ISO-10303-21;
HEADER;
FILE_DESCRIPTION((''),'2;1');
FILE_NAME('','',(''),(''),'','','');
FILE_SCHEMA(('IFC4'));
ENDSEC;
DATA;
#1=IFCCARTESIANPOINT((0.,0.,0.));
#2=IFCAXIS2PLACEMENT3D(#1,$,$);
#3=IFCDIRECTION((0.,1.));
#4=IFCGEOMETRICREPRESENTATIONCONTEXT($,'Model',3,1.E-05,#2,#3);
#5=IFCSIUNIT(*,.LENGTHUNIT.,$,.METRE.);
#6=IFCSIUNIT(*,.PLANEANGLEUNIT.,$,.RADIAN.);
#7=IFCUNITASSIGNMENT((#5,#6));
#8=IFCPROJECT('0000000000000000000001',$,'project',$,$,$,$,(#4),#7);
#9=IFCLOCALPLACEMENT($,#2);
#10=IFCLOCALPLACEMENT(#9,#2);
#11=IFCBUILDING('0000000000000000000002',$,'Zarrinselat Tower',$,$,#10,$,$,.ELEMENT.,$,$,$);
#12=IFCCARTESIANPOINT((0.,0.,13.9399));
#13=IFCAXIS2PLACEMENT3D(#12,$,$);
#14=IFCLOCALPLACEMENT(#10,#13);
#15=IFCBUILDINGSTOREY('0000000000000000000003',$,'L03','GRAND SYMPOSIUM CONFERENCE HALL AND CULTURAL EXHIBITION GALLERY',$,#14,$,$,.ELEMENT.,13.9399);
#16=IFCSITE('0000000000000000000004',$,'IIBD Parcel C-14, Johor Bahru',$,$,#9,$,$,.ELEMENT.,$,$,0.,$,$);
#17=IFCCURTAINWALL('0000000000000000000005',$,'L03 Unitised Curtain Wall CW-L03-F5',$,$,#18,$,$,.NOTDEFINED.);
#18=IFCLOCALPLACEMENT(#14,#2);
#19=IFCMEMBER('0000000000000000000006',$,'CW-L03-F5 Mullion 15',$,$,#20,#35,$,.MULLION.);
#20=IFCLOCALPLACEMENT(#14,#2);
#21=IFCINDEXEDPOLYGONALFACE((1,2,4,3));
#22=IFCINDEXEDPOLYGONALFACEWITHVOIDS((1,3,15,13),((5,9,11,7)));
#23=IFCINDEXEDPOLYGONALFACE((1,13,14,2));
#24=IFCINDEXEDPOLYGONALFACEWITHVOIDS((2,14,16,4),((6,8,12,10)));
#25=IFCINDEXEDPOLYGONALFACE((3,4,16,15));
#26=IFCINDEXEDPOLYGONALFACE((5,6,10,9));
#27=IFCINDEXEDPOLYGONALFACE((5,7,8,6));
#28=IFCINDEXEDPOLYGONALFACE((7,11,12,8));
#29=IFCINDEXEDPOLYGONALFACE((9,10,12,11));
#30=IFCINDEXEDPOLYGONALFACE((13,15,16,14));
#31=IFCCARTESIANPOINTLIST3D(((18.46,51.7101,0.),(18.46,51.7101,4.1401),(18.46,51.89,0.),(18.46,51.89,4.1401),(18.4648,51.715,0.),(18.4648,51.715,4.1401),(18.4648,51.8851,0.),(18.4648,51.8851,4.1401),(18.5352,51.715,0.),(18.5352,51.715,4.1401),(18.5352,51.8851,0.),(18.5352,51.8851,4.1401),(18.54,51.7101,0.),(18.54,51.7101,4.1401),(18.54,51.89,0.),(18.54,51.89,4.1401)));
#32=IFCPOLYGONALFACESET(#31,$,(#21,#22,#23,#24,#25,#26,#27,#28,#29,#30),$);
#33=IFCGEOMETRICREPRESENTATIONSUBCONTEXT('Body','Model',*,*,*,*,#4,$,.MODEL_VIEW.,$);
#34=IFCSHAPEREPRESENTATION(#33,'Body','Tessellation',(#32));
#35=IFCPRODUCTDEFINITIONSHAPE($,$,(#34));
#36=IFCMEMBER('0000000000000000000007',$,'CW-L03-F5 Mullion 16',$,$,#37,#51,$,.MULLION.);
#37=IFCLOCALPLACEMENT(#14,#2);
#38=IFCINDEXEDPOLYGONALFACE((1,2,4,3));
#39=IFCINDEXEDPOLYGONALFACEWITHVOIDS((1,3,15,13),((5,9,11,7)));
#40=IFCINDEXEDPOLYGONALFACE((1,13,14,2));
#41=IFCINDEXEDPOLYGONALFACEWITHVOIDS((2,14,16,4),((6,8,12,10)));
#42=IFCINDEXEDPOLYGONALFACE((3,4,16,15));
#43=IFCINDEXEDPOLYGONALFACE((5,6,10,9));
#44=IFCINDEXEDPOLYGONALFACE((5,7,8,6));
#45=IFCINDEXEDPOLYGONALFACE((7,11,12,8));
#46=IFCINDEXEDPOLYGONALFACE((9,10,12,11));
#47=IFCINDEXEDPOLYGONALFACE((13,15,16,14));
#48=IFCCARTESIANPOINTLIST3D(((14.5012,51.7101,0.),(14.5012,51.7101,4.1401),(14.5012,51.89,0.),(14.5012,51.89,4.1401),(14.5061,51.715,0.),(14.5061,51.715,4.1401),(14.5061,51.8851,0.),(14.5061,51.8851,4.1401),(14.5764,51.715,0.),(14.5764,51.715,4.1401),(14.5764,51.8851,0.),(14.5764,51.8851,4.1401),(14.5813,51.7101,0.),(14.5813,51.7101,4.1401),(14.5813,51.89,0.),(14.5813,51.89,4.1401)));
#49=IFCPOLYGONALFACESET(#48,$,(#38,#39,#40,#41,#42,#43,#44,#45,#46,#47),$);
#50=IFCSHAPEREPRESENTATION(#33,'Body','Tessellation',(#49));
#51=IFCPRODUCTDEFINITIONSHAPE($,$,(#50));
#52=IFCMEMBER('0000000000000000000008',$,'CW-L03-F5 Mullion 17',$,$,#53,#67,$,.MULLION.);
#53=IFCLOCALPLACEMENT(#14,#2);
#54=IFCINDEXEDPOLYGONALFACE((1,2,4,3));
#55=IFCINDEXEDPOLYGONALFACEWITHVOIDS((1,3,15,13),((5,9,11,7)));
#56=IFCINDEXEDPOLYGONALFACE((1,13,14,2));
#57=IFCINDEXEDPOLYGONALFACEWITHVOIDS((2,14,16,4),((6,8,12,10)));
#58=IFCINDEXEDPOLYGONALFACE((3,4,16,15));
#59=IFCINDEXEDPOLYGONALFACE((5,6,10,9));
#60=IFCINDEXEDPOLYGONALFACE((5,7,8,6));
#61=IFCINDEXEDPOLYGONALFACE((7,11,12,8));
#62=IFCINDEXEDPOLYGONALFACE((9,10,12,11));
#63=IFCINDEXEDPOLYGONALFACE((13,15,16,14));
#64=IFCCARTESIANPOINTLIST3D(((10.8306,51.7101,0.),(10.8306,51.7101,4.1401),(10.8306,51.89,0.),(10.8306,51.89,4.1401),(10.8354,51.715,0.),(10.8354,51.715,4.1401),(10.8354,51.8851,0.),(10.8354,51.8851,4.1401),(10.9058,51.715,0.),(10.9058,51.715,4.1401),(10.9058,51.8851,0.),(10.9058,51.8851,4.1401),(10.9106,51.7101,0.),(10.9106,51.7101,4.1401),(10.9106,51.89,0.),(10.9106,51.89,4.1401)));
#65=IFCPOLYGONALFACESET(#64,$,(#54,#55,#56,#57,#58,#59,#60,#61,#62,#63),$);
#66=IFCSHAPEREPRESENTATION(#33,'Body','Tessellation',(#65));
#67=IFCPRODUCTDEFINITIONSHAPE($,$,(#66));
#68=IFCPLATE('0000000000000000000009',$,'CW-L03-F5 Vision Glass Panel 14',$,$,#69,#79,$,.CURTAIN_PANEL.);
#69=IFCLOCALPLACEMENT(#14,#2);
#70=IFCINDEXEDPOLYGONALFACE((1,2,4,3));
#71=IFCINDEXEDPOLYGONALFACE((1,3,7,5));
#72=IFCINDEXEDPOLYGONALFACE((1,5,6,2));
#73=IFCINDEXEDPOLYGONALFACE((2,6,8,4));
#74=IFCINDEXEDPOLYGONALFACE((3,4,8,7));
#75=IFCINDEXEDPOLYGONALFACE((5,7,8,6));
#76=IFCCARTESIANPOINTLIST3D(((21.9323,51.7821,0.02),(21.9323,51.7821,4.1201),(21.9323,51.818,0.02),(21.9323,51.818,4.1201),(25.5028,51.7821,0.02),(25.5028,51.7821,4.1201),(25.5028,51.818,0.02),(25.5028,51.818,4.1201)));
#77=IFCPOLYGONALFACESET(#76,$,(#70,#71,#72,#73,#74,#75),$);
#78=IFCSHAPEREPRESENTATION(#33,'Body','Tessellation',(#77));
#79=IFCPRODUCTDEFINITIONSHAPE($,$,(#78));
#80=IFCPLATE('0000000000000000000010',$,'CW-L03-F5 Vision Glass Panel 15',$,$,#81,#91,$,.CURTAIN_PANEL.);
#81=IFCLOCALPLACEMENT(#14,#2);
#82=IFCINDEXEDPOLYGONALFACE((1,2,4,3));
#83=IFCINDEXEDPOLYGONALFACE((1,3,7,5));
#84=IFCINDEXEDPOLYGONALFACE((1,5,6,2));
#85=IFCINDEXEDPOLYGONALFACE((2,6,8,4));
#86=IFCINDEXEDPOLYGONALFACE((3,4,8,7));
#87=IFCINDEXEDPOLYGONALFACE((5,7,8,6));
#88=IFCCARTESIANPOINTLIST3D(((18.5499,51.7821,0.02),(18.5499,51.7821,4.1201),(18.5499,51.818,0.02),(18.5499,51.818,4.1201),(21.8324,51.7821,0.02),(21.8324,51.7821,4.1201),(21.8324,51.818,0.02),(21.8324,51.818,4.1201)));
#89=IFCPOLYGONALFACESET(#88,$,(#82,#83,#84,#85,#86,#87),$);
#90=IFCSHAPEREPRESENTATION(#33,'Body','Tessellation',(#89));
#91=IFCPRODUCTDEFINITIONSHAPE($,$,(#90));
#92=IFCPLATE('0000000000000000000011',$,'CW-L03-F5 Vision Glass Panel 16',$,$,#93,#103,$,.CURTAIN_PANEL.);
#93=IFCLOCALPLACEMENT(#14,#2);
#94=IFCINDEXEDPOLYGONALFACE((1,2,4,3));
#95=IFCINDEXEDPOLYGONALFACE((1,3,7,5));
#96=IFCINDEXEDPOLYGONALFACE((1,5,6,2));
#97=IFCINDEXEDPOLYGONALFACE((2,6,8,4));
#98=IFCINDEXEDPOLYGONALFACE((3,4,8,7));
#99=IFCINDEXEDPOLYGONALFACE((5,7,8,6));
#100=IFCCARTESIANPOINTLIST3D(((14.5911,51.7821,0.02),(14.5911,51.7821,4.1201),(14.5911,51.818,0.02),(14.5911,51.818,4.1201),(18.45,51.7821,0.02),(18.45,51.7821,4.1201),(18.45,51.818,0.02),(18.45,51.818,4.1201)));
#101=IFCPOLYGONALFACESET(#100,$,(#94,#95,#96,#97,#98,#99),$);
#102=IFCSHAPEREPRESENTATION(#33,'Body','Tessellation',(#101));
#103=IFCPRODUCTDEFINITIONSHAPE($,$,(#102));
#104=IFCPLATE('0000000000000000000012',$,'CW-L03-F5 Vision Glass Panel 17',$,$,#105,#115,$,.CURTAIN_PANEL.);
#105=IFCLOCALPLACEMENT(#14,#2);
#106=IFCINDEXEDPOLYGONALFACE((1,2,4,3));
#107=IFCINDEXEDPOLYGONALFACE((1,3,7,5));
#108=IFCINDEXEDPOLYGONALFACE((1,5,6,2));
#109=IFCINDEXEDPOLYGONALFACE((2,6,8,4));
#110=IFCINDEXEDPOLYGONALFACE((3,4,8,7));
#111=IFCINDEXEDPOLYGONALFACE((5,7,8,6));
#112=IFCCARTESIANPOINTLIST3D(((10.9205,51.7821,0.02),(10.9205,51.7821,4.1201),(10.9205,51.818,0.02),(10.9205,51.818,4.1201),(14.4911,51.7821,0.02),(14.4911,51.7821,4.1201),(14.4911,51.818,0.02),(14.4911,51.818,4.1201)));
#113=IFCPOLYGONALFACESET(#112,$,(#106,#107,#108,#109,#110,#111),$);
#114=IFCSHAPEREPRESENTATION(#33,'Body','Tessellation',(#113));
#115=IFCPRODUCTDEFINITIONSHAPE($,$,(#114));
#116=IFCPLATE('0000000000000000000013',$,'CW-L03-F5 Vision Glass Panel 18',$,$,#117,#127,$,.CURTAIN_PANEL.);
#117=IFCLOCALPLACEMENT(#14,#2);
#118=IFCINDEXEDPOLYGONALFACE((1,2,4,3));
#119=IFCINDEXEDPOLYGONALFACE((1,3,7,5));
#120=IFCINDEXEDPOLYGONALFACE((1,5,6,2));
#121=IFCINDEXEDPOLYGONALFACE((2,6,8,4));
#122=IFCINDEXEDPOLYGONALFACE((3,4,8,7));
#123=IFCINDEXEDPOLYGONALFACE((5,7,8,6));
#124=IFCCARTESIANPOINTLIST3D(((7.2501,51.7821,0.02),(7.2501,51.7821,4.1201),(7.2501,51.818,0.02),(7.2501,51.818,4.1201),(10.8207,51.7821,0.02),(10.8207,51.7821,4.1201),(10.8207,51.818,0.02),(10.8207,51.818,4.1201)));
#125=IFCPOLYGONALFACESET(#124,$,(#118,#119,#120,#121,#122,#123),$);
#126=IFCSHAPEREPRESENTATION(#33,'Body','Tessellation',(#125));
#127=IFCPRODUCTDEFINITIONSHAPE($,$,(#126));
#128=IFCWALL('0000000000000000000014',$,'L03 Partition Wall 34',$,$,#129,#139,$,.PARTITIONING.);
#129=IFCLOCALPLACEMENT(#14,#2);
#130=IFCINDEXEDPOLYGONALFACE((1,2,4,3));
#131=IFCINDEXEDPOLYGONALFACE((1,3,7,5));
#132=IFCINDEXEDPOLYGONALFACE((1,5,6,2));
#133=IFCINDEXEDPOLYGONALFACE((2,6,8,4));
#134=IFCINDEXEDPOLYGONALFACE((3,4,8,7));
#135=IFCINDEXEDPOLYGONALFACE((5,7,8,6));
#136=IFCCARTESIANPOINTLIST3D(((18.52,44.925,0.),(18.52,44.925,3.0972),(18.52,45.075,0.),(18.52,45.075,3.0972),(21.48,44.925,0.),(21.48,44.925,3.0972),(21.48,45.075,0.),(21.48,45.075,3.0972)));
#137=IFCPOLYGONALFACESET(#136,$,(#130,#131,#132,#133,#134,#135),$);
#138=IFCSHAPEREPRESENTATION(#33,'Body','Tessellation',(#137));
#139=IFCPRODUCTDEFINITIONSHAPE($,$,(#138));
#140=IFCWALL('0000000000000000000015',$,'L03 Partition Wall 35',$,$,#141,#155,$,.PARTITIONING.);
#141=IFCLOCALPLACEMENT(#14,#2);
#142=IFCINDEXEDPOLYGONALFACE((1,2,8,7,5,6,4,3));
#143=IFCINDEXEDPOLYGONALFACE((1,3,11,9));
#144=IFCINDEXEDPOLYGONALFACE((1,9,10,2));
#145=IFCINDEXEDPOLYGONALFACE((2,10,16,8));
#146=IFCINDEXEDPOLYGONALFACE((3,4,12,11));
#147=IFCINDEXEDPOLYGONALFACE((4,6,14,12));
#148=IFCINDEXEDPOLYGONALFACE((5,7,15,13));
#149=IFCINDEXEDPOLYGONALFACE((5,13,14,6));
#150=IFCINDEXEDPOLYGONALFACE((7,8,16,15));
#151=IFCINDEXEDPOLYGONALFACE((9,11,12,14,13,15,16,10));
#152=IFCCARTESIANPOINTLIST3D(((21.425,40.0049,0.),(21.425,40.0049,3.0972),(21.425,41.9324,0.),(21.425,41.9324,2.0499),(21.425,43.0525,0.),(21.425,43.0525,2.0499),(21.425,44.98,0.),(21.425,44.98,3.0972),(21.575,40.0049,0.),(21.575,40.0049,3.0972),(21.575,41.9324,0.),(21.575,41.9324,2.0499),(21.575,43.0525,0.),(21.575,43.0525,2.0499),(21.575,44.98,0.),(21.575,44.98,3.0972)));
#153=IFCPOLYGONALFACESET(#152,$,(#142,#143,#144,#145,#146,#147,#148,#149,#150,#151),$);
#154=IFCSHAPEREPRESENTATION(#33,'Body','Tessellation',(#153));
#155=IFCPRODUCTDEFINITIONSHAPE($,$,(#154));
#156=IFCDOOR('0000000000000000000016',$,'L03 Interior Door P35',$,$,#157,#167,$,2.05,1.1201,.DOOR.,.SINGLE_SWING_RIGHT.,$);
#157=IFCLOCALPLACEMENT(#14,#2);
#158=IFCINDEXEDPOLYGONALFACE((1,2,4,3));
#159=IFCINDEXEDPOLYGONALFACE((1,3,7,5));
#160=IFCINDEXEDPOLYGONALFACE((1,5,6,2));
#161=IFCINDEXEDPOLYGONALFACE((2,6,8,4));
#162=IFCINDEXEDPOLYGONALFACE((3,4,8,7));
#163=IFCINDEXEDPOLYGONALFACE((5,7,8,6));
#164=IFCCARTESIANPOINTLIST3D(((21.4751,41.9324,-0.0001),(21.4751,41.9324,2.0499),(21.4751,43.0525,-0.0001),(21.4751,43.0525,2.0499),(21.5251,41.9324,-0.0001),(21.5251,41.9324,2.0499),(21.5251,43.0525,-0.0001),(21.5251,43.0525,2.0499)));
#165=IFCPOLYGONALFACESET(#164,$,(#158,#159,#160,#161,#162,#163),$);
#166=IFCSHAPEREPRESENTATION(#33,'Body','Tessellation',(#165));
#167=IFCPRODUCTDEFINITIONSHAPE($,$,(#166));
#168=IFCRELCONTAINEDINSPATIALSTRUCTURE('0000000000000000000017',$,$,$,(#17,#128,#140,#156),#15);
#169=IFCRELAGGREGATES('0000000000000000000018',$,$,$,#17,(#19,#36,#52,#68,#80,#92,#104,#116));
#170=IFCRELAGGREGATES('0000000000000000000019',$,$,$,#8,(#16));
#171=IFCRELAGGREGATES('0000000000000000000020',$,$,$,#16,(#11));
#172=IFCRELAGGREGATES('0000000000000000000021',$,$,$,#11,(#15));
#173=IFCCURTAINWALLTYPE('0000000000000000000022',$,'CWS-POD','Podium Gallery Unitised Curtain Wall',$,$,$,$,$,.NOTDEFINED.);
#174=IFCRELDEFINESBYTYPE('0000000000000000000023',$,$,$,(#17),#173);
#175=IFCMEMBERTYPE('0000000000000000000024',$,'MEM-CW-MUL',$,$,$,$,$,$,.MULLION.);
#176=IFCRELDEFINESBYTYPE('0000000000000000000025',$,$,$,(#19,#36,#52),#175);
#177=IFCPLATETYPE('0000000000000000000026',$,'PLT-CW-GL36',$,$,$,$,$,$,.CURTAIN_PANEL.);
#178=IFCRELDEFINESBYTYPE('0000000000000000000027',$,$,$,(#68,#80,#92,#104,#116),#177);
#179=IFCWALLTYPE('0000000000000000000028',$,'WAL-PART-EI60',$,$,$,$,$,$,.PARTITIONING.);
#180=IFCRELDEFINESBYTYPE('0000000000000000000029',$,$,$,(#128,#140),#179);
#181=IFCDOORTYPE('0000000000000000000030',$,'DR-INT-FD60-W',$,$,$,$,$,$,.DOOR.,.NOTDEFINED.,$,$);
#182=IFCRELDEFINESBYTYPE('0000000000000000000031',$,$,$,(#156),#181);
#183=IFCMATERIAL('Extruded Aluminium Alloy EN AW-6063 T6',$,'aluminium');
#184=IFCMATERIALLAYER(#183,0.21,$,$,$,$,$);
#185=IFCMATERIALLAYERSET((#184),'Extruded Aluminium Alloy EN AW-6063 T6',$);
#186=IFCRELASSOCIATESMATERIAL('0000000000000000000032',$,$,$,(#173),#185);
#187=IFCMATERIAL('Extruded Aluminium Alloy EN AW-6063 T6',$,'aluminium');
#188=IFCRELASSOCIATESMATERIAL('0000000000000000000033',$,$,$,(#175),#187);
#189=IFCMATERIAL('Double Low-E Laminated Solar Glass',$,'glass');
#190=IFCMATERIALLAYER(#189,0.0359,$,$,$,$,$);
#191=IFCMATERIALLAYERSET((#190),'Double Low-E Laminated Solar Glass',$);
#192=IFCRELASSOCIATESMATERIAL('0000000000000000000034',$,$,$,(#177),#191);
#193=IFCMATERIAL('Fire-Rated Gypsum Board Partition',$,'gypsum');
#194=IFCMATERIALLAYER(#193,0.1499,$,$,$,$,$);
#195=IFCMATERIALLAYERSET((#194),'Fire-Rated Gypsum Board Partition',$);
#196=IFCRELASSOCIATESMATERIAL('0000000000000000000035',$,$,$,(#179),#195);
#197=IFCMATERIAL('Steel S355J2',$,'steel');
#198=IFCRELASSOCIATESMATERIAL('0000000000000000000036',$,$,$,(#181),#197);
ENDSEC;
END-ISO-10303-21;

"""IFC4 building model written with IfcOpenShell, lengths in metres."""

from ifc_helpers import new_model, si_unit, direction, frame, frame_2d, origin, origin_2d, place, context, subcontext, project, spatial, rectangle, hollow_rectangle, extrude, material, layer, layer_set, material_profile, profile_set, type_object, element, fill, aggregate, save


model = new_model("IFC4")

# Units and contexts
model_context = context("Model", 3, precision=1e-05, world=origin(), true_north=direction((0.0, 1.0)))
body_context = subcontext(model_context, "Body", "Model", "MODEL_VIEW")
ifc_project = project(units=[si_unit("LENGTHUNIT", "METRE"), si_unit("PLANEANGLEUNIT", "RADIAN")], contexts=[model_context])

# Site, building, storey
site_placement = place(None, origin())
site = spatial("IfcSite", under=ifc_project, at=site_placement, Name="IIBD Parcel C-14, Johor Bahru", CompositionType="ELEMENT", RefElevation=0.0)
building_placement = place(site_placement, origin())
building = spatial("IfcBuilding", under=site, at=building_placement, Name="Zarrinselat Tower", CompositionType="ELEMENT")
storey_placement = place(building_placement, frame((0.0, 0.0, 13.9399)))
storey = spatial("IfcBuildingStorey", under=building, at=storey_placement, Name="L03", Description="GRAND SYMPOSIUM CONFERENCE HALL AND CULTURAL EXHIBITION GALLERY", CompositionType="ELEMENT", Elevation=13.9399)

# Curtain wall, members, plates
ifc_material_1 = material(Name="Extruded Aluminium Alloy EN AW-6063 T6", Category="aluminium")
ifc_layer_1 = layer(ifc_material_1, 0.21)
ifc_layer_set_1 = layer_set([ifc_layer_1], Name="Extruded Aluminium Alloy EN AW-6063 T6")
curtain_wall_type = type_object("IfcCurtainWallType", Name="CWS-POD", Description="Podium Gallery Unitised Curtain Wall", PredefinedType="NOTDEFINED", material=ifc_layer_set_1)
curtain_wall_placement = place(storey_placement, origin())
curtain_wall = element("IfcCurtainWall", 1, at=curtain_wall_placement, inside=storey, type_object=curtain_wall_type, Name="L03 Unitised Curtain Wall CW-L03-F5", PredefinedType="NOTDEFINED")
ifc_material_2 = material(Name="Extruded Aluminium Alloy EN AW-6063 T6", Category="aluminium")
ifc_material_profile_1 = material_profile(ifc_material_2, hollow_rectangle(XDim=0.0801, YDim=0.1799, WallThickness=0.0049, at=origin_2d()), Name="RHS 180x80x5")
ifc_profile_set_1 = profile_set([ifc_material_profile_1], Name="Extruded Aluminium Alloy EN AW-6063 T6")
member_type = type_object("IfcMemberType", Name="MEM-CW-MUL", PredefinedType="MULLION", material=ifc_profile_set_1)
member_1_placement = place(storey_placement, frame((18.5, 51.8, 0.0), z_axis=(0.0, 0.0, 1.0), x_axis=(-1.0, 0.0, 0.0)))
member_1 = element("IfcMember", 2, at=member_1_placement, type_object=member_type, Name="CW-L03-F5 Mullion 15", PredefinedType="MULLION", context=body_context, shape_type="SweptSolid", body=[
    extrude(hollow_rectangle(XDim=0.0801, YDim=0.1799, WallThickness=0.0049, at=origin_2d()), origin(), (0.0, 0.0, 1.0), 4.1401),
])
member_2_placement = place(storey_placement, frame((14.5413, 51.8, 0.0), z_axis=(0.0, 0.0, 1.0), x_axis=(-1.0, 0.0, 0.0)))
member_2 = element("IfcMember", 3, at=member_2_placement, type_object=member_type, Name="CW-L03-F5 Mullion 16", PredefinedType="MULLION", context=body_context, shape_type="SweptSolid", body=[
    extrude(hollow_rectangle(XDim=0.0801, YDim=0.1799, WallThickness=0.0049, at=origin_2d()), origin(), (0.0, 0.0, 1.0), 4.1401),
])
member_3_placement = place(storey_placement, frame((10.8706, 51.8, 0.0), z_axis=(0.0, 0.0, 1.0), x_axis=(-1.0, 0.0, 0.0)))
member_3 = element("IfcMember", 4, at=member_3_placement, type_object=member_type, Name="CW-L03-F5 Mullion 17", PredefinedType="MULLION", context=body_context, shape_type="SweptSolid", body=[
    extrude(hollow_rectangle(XDim=0.0801, YDim=0.1799, WallThickness=0.0049, at=origin_2d()), origin(), (0.0, 0.0, 1.0), 4.1401),
])
ifc_material_3 = material(Name="Double Low-E Laminated Solar Glass", Category="glass")
ifc_layer_2 = layer(ifc_material_3, 0.0359)
ifc_layer_set_2 = layer_set([ifc_layer_2], Name="Double Low-E Laminated Solar Glass")
plate_type = type_object("IfcPlateType", Name="PLT-CW-GL36", PredefinedType="CURTAIN_PANEL", material=ifc_layer_set_2)
plate_1_placement = place(storey_placement, frame((23.7175, 51.8, 0.02), z_axis=(0.0, 0.0, 1.0), x_axis=(-1.0, 0.0, 0.0)))
plate_1 = element("IfcPlate", 5, at=plate_1_placement, type_object=plate_type, Name="CW-L03-F5 Vision Glass Panel 14", PredefinedType="CURTAIN_PANEL", context=body_context, shape_type="SweptSolid", body=[
    extrude(rectangle(XDim=3.5706, YDim=0.0359, at=origin_2d()), origin(), (0.0, 0.0, 1.0), 4.1001),
])
plate_2_placement = place(storey_placement, frame((20.1912, 51.8, 0.02), z_axis=(0.0, 0.0, 1.0), x_axis=(-1.0, 0.0, 0.0)))
plate_2 = element("IfcPlate", 6, at=plate_2_placement, type_object=plate_type, Name="CW-L03-F5 Vision Glass Panel 15", PredefinedType="CURTAIN_PANEL", context=body_context, shape_type="SweptSolid", body=[
    extrude(rectangle(XDim=3.2825, YDim=0.0359, at=origin_2d()), origin(), (0.0, 0.0, 1.0), 4.1001),
])
plate_3_placement = place(storey_placement, frame((16.5205, 51.8, 0.02), z_axis=(0.0, 0.0, 1.0), x_axis=(-1.0, 0.0, 0.0)))
plate_3 = element("IfcPlate", 7, at=plate_3_placement, type_object=plate_type, Name="CW-L03-F5 Vision Glass Panel 16", PredefinedType="CURTAIN_PANEL", context=body_context, shape_type="SweptSolid", body=[
    extrude(rectangle(XDim=3.8589, YDim=0.0359, at=origin_2d()), origin(), (0.0, 0.0, 1.0), 4.1001),
])
plate_4_placement = place(storey_placement, frame((12.7058, 51.8, 0.02), z_axis=(0.0, 0.0, 1.0), x_axis=(-1.0, 0.0, 0.0)))
plate_4 = element("IfcPlate", 8, at=plate_4_placement, type_object=plate_type, Name="CW-L03-F5 Vision Glass Panel 17", PredefinedType="CURTAIN_PANEL", context=body_context, shape_type="SweptSolid", body=[
    extrude(rectangle(XDim=3.5706, YDim=0.0359, at=origin_2d()), origin(), (0.0, 0.0, 1.0), 4.1001),
])
plate_5_placement = place(storey_placement, frame((9.0354, 51.8, 0.02), z_axis=(0.0, 0.0, 1.0), x_axis=(-1.0, 0.0, 0.0)))
plate_5 = element("IfcPlate", 9, at=plate_5_placement, type_object=plate_type, Name="CW-L03-F5 Vision Glass Panel 18", PredefinedType="CURTAIN_PANEL", context=body_context, shape_type="SweptSolid", body=[
    extrude(rectangle(XDim=3.5706, YDim=0.0359, at=origin_2d()), origin(), (0.0, 0.0, 1.0), 4.1001),
])
aggregate(curtain_wall, [member_1, member_2, member_3, plate_1, plate_2, plate_3, plate_4, plate_5])

# Wall
ifc_material_4 = material(Name="Fire-Rated Gypsum Board Partition", Category="gypsum")
ifc_layer_3 = layer(ifc_material_4, 0.1499)
ifc_layer_set_3 = layer_set([ifc_layer_3], Name="Fire-Rated Gypsum Board Partition")
wall_type_1 = type_object("IfcWallType", Name="WAL-PART-EI60", PredefinedType="PARTITIONING", material=ifc_layer_set_3)
wall_1_placement = place(storey_placement, frame((18.52, 45.0, 0.0), z_axis=(0.0, 0.0, 1.0), x_axis=(1.0, 0.0, 0.0)))
element("IfcWall", 10, at=wall_1_placement, inside=storey, type_object=wall_type_1, Name="L03 Partition Wall 34", PredefinedType="PARTITIONING", context=body_context, shape_type="SweptSolid", body=[
    extrude(rectangle(XDim=2.96, YDim=0.1499, at=frame_2d((1.48, 0.0))), origin(), (0.0, 0.0, 1.0), 3.0972),
])

# Wall, opening, door
wall_2_placement = place(storey_placement, frame((21.5, 40.0049, 0.0), z_axis=(0.0, 0.0, 1.0), x_axis=(0.0, 1.0, 0.0)))
wall_2 = element("IfcWall", 11, at=wall_2_placement, inside=storey, type_object=wall_type_1, Name="L03 Partition Wall 35", PredefinedType="PARTITIONING", context=body_context, shape_type="SweptSolid", body=[
    extrude(rectangle(XDim=4.9751, YDim=0.1499, at=frame_2d((2.4875, 0.0))), origin(), (0.0, 0.0, 1.0), 3.0972),
])
opening_1_placement = place(wall_2_placement, frame((1.9275, 0.0, 0.0)))
opening_1 = element("IfcOpeningElement", 12, at=opening_1_placement, cuts=wall_2, PredefinedType="OPENING", context=body_context, shape_type="SweptSolid", body=[
    extrude(rectangle(XDim=1.1201, YDim=2.05, at=frame_2d((0.5601, 1.0249))), frame((0.0, 0.085, 0.0), z_axis=(0.0, -1.0, 0.0), x_axis=(1.0, 0.0, 0.0)), (0.0, 0.0, 1.0), 0.1699),
])
ifc_material_5 = material(Name="Steel S355J2", Category="steel")
door_type_1 = type_object("IfcDoorType", Name="DR-INT-FD60-W", OperationType="NOTDEFINED", PredefinedType="DOOR", material=ifc_material_5)
door_1_placement = place(opening_1_placement, origin())
door_1 = element("IfcDoor", 13, at=door_1_placement, inside=storey, type_object=door_type_1, Name="L03 Interior Door P35", OperationType="SINGLE_SWING_RIGHT", OverallHeight=2.05, OverallWidth=1.1201, PredefinedType="DOOR", context=body_context, shape_type="SweptSolid", body=[
    extrude(rectangle(XDim=1.1201, YDim=2.05, at=frame_2d((0.5601, 1.0249))), frame((0.0, 0.0249, 0.0), z_axis=(0.0, -1.0, 0.0), x_axis=(1.0, 0.0, 0.0)), (0.0, 0.0, 1.0), 0.05),
])
fill(opening_1, door_1)

save(model, "model.ifc")
